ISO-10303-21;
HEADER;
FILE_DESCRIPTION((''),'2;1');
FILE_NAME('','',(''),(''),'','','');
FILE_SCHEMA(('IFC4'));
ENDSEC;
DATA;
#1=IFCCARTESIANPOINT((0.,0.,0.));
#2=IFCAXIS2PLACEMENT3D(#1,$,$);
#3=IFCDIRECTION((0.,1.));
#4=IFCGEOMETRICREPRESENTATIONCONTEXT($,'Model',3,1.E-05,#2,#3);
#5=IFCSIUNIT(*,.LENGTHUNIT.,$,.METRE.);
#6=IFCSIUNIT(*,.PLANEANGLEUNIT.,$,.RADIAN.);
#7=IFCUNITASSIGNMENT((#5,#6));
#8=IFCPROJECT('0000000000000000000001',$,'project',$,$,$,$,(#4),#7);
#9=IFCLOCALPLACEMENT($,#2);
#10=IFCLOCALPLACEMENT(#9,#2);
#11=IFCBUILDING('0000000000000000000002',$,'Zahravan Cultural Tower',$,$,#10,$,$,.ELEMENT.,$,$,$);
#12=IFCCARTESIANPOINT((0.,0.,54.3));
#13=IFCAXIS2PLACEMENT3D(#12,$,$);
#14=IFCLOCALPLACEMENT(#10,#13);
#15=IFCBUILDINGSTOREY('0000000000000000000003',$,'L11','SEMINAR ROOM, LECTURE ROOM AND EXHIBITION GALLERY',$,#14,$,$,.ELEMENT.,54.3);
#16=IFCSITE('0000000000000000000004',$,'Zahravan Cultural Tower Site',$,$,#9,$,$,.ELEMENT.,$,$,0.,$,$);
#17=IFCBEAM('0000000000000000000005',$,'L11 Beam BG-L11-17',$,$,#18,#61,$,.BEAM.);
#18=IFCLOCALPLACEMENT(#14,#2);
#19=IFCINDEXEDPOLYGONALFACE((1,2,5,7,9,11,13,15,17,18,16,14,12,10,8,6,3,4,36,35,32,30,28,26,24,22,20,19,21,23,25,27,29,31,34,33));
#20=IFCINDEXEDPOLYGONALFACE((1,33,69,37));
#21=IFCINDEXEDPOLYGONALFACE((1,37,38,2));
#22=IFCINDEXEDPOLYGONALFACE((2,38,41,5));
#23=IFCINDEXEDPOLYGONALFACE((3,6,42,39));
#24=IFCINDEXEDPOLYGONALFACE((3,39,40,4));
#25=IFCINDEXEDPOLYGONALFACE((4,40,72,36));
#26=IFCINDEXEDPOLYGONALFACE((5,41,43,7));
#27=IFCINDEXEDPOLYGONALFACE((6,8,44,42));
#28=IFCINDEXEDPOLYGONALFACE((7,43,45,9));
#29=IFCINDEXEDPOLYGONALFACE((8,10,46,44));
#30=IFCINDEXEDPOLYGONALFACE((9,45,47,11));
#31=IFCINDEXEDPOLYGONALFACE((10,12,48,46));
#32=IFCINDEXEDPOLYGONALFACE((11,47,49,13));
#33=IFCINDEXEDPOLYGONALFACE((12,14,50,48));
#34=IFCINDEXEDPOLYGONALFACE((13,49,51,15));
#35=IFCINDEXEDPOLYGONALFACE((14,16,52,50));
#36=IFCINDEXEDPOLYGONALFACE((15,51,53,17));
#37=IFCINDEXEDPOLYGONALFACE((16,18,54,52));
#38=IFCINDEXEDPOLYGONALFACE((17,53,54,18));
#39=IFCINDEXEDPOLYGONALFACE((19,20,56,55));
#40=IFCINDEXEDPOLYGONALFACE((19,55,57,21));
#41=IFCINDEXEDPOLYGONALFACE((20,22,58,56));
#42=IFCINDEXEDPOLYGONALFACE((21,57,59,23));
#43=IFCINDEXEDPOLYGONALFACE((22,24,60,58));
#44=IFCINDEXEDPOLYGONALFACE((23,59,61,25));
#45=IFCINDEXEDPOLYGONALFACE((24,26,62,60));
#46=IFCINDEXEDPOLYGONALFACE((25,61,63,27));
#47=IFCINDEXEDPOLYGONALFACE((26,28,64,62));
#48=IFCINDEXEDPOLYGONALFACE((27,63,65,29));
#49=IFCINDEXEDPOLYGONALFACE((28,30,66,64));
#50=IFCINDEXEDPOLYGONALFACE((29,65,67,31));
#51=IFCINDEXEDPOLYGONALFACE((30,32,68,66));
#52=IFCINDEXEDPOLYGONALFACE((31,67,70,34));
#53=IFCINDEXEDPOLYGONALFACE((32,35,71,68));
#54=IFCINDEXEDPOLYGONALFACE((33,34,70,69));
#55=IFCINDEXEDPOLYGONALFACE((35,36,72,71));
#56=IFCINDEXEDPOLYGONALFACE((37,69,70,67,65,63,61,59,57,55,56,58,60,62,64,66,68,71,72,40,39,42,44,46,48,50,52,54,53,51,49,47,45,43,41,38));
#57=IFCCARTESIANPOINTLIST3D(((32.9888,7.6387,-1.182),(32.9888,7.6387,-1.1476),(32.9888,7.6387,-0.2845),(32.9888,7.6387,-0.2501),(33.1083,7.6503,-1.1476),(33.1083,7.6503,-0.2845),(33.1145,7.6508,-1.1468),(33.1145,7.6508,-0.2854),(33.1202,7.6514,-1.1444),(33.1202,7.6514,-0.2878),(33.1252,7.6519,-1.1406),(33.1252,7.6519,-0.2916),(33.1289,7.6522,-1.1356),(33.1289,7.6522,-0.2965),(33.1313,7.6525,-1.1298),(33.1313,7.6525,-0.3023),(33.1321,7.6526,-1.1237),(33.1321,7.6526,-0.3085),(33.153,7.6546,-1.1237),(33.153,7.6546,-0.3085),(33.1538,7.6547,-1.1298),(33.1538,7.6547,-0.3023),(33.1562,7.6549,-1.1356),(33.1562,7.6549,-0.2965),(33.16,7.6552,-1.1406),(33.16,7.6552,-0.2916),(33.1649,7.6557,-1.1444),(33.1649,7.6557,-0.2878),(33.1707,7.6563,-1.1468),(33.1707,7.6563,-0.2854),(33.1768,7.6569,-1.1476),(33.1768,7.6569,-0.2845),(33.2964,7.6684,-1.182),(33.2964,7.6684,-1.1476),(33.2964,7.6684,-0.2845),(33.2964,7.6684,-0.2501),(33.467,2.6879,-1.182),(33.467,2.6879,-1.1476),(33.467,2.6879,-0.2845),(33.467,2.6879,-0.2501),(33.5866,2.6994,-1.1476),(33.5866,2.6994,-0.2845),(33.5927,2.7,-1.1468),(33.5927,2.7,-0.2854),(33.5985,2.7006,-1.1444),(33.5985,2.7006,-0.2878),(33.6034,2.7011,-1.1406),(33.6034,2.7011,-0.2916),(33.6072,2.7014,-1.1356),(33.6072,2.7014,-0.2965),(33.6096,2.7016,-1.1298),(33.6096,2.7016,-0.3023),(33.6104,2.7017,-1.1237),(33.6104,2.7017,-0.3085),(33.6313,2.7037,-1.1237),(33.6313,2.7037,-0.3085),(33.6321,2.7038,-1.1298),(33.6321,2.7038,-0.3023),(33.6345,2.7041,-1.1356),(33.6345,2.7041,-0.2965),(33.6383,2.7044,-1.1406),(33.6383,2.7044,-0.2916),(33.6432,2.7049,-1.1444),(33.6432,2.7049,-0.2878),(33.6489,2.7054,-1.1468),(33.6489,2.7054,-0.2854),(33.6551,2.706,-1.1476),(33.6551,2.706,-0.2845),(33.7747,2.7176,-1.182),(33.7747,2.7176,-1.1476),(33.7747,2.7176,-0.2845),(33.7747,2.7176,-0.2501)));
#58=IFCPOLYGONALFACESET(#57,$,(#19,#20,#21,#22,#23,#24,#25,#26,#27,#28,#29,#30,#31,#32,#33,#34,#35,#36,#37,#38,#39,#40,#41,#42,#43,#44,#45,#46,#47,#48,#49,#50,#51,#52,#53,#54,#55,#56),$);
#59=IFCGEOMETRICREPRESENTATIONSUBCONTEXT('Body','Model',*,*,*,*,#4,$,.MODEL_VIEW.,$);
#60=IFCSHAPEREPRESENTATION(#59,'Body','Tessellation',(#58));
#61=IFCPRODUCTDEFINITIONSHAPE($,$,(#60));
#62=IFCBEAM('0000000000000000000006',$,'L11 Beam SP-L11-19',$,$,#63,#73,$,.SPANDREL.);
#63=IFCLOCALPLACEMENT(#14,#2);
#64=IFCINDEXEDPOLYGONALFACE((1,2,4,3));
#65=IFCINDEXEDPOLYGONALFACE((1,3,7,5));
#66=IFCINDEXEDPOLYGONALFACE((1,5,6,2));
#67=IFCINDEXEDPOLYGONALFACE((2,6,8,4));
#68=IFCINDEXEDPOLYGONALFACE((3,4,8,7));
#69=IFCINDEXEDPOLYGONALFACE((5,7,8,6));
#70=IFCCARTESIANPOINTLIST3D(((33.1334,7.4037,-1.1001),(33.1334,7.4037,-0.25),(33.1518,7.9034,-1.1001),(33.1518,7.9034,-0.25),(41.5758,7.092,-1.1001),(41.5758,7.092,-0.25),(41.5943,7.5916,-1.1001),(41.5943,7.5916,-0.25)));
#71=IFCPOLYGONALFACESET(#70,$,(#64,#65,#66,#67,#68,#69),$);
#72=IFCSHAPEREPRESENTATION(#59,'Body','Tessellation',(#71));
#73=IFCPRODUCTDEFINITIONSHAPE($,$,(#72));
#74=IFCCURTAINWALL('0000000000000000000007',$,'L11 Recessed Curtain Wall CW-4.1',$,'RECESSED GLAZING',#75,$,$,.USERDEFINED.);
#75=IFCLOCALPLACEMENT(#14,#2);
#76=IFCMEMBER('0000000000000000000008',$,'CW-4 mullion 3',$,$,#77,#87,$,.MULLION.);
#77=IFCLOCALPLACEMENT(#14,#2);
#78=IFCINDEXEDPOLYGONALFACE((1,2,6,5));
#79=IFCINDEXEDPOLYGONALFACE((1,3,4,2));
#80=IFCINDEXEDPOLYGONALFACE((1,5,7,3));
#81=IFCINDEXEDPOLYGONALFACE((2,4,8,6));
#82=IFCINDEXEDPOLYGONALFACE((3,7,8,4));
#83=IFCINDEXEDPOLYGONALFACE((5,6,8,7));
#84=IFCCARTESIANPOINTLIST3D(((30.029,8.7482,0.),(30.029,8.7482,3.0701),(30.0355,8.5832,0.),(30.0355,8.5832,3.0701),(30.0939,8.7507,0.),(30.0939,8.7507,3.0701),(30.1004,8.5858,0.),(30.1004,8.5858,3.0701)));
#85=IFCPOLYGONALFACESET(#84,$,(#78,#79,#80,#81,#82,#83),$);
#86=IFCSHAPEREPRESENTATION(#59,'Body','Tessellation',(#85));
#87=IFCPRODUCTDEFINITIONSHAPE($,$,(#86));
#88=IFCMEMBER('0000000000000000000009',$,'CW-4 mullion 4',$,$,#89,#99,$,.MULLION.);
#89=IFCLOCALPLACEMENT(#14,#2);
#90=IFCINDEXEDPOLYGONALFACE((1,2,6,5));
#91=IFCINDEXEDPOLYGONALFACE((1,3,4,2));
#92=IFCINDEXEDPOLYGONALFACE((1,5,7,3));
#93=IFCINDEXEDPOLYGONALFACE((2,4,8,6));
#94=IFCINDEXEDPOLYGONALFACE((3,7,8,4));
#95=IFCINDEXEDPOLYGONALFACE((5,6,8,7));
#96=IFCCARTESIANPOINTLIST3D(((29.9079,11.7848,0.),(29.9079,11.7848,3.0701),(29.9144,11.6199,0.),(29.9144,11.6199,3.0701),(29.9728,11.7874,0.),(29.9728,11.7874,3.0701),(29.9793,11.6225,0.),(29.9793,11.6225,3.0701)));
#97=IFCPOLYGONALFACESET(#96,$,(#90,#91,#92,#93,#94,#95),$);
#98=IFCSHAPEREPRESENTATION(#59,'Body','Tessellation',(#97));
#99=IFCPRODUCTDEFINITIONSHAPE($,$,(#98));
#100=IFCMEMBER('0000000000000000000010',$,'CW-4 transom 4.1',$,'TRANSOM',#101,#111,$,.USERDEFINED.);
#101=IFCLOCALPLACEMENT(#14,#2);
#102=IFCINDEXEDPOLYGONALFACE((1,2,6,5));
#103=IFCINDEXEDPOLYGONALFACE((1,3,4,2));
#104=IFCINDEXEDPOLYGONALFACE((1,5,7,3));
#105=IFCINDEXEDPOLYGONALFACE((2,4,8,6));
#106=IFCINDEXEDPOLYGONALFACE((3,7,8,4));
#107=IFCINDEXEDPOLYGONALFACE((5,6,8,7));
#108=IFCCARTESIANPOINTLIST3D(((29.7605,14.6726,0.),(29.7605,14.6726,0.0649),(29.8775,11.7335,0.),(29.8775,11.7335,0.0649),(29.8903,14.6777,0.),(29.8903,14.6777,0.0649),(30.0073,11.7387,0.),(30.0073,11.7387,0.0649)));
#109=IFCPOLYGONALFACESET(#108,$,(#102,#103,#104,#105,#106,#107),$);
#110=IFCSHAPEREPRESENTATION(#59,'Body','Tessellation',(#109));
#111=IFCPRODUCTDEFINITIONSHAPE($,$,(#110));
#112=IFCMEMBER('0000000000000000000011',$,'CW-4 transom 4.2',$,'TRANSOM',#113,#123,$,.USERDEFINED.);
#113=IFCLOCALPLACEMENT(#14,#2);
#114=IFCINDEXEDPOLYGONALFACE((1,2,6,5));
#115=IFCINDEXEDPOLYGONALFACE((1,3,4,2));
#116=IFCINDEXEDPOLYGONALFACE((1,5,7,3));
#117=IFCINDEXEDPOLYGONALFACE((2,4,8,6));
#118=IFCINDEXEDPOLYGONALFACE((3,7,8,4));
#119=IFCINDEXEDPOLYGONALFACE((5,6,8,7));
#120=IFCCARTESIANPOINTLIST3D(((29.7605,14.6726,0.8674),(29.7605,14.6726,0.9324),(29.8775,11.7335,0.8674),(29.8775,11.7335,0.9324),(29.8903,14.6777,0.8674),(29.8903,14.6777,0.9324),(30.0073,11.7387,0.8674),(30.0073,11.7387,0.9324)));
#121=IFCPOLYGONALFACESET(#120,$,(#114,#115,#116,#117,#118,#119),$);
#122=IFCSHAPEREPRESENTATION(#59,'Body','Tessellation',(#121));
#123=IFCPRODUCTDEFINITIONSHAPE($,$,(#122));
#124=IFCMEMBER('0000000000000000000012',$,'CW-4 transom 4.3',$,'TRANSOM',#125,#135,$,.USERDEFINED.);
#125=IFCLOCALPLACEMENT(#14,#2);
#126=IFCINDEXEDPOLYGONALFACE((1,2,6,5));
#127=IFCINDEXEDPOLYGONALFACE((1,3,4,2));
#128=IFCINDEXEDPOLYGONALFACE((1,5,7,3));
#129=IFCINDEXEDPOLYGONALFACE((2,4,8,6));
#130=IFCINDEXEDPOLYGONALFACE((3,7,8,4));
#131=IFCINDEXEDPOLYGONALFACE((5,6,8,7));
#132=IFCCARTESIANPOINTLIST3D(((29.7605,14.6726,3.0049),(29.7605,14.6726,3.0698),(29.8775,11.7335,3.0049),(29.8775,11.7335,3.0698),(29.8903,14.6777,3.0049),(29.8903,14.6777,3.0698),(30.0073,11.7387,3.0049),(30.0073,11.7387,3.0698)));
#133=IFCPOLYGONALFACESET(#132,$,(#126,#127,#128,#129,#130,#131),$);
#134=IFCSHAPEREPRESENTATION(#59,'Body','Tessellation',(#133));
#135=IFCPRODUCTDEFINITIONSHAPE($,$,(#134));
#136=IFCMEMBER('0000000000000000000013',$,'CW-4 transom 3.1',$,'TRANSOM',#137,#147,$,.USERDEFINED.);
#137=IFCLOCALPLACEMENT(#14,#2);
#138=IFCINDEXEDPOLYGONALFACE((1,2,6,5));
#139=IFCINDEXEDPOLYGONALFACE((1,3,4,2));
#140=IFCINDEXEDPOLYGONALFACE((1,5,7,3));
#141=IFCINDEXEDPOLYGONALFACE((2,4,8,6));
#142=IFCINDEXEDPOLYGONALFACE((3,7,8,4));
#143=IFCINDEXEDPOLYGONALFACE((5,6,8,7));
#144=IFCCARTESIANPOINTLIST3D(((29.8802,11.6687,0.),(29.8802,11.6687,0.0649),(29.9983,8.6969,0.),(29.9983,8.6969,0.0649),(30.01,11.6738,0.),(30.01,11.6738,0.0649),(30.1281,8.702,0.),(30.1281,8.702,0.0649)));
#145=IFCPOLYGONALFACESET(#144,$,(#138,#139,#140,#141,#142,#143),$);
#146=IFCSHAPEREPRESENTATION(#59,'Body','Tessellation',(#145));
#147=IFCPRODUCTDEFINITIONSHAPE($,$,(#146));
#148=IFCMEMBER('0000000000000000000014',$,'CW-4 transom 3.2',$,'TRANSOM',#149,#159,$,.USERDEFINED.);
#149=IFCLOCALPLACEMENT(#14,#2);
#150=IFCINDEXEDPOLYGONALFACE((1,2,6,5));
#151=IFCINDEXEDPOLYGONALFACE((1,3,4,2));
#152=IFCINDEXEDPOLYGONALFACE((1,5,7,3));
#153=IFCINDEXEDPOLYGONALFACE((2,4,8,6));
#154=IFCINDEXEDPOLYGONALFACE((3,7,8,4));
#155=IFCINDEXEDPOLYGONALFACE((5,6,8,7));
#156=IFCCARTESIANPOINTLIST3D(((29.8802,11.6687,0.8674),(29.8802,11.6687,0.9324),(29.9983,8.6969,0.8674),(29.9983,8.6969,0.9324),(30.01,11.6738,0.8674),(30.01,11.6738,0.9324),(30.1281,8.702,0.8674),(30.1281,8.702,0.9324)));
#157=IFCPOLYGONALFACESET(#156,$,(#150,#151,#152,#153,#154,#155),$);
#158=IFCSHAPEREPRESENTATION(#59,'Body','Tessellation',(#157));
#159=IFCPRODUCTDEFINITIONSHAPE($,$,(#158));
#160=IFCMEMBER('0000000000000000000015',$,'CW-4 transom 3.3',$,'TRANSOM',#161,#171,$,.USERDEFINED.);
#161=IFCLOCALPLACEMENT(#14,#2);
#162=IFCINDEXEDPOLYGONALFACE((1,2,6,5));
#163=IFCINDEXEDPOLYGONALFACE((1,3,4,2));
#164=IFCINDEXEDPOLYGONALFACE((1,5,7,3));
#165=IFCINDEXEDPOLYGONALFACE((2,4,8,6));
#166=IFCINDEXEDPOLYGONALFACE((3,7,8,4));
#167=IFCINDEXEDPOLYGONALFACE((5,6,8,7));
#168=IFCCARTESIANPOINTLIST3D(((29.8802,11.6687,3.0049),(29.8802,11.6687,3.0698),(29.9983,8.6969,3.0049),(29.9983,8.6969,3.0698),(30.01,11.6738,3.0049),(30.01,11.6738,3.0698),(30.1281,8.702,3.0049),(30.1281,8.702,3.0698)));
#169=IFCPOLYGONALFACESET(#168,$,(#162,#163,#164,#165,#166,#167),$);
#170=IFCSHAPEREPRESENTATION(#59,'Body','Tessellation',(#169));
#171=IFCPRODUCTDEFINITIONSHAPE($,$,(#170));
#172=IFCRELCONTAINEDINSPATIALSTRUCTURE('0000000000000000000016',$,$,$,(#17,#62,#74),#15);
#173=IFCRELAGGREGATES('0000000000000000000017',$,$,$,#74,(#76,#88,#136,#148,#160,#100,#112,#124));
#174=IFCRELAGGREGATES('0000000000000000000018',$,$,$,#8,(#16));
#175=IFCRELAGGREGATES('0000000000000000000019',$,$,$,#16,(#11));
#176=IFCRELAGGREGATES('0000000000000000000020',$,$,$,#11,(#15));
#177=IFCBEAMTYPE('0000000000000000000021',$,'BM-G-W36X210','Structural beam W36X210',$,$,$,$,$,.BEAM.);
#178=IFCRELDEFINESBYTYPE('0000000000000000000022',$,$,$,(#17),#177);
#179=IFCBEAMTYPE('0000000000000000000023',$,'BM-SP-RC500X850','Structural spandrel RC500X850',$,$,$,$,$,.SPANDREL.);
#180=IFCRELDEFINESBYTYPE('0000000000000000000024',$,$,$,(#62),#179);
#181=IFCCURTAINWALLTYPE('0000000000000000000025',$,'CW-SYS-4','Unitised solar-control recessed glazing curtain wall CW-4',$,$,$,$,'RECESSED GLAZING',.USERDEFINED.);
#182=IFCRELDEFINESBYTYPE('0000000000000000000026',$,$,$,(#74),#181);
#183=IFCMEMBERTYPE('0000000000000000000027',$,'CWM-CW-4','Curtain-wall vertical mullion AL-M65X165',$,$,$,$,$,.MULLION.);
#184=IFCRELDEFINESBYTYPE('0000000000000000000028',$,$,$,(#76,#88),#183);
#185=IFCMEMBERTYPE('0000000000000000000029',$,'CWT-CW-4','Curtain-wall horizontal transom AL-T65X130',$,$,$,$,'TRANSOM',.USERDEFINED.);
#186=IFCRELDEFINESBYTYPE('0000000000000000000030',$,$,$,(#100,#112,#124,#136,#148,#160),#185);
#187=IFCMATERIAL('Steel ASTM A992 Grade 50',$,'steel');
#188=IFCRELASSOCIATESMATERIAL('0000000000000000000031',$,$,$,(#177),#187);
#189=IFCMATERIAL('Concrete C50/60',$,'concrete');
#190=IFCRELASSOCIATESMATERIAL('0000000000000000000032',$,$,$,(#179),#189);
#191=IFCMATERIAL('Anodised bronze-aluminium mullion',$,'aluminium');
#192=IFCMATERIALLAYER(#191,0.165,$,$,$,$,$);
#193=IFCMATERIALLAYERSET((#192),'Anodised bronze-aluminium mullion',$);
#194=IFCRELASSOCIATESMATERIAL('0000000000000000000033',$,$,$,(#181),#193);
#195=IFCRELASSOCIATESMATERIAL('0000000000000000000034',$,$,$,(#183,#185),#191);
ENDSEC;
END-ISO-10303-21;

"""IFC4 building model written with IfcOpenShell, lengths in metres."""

from ifc_helpers import new_model, si_unit, direction, frame, origin, origin_2d, place, context, subcontext, project, spatial, rectangle, i_section, extrude, source, transform, mapped, material, layer, layer_set, material_profile, profile_set, type_object, element, aggregate, save


model = new_model("IFC4")

# Units and contexts
model_context = context("Model", 3, precision=1e-05, world=origin(), true_north=direction((0.0, 1.0)))
body_context = subcontext(model_context, "Body", "Model", "MODEL_VIEW")
ifc_project = project(units=[si_unit("LENGTHUNIT", "METRE"), si_unit("PLANEANGLEUNIT", "RADIAN")], contexts=[model_context])

# Site, building, storey
site_placement = place(None, origin())
site = spatial("IfcSite", under=ifc_project, at=site_placement, Name="Zahravan Cultural Tower Site", CompositionType="ELEMENT", RefElevation=0.0)
building_placement = place(site_placement, origin())
building = spatial("IfcBuilding", under=site, at=building_placement, Name="Zahravan Cultural Tower", CompositionType="ELEMENT")
storey_placement = place(building_placement, frame((0.0, 0.0, 54.3)))
storey = spatial("IfcBuildingStorey", under=building, at=storey_placement, Name="L11", Description="SEMINAR ROOM, LECTURE ROOM AND EXHIBITION GALLERY", CompositionType="ELEMENT", Elevation=54.3)

# Beams
ifc_material_1 = material(Name="Steel ASTM A992 Grade 50", Category="steel")
ifc_material_profile_1 = material_profile(ifc_material_1, i_section(OverallWidth=0.3091, OverallDepth=0.9319, WebThickness=0.021, FlangeThickness=0.0344, FilletRadius=0.0239, at=origin_2d()), Name="W36X210")
ifc_profile_set_1 = profile_set([ifc_material_profile_1], Name="Steel ASTM A992 Grade 50")
beam_type_1 = type_object("IfcBeamType", Name="BM-G-W36X210", Description="Structural beam W36X210", PredefinedType="BEAM", material=ifc_profile_set_1)
shared_shape_1 = source(origin(), body_context, "Body", "SweptSolid", [
    extrude(i_section(OverallWidth=0.3091, OverallDepth=0.9319, WebThickness=0.021, FlangeThickness=0.0344, FilletRadius=0.0239, at=origin_2d()), origin(), (0.0, 0.0, 1.0), 4.9739),
])
beam_1_placement = place(storey_placement, frame((33.1426, 7.6536, -0.7161), z_axis=(0.096155, -0.995366, 0.0), x_axis=(0.995366, 0.096155, 0.0)))
element("IfcBeam", 1, at=beam_1_placement, inside=storey, type_object=beam_type_1, Name="L11 Beam BG-L11-17", PredefinedType="BEAM", context=body_context, shape_type="MappedRepresentation", body=[
    mapped(shared_shape_1, transform((0.0, 0.0, 0.0), x_axis=(1.0, 0.0, 0.0), y_axis=(0.0, 1.0, 0.0), z_axis=(0.0, 0.0, 1.0), scale=1.0)),
])
ifc_material_2 = material(Name="Concrete C50/60", Category="concrete")
ifc_material_profile_2 = material_profile(ifc_material_2, rectangle(XDim=0.5, YDim=0.8501, at=origin_2d()), Name="RC500X850")
ifc_profile_set_2 = profile_set([ifc_material_profile_2], Name="Concrete C50/60")
beam_type_2 = type_object("IfcBeamType", Name="BM-SP-RC500X850", Description="Structural spandrel RC500X850", PredefinedType="SPANDREL", material=ifc_profile_set_2)
shared_shape_2 = source(origin(), body_context, "Body", "SweptSolid", [
    extrude(rectangle(XDim=0.5, YDim=0.8501, at=origin_2d()), origin(), (0.0, 0.0, 1.0), 8.4482),
])
beam_2_placement = place(storey_placement, frame((33.1426, 7.6536, -0.675), z_axis=(0.999319, -0.036904, 0.0), x_axis=(0.036904, 0.999319, 0.0)))
element("IfcBeam", 2, at=beam_2_placement, inside=storey, type_object=beam_type_2, Name="L11 Beam SP-L11-19", PredefinedType="SPANDREL", context=body_context, shape_type="MappedRepresentation", body=[
    mapped(shared_shape_2, transform((0.0, 0.0, 0.0), x_axis=(1.0, 0.0, 0.0), y_axis=(0.0, 1.0, 0.0), z_axis=(0.0, 0.0, 1.0), scale=1.0)),
])

# Curtain wall, members
ifc_material_3 = material(Name="Anodised bronze-aluminium mullion", Category="aluminium")
ifc_layer_1 = layer(ifc_material_3, 0.165)
ifc_layer_set_1 = layer_set([ifc_layer_1], Name="Anodised bronze-aluminium mullion")
curtain_wall_type = type_object("IfcCurtainWallType", Name="CW-SYS-4", Description="Unitised solar-control recessed glazing curtain wall CW-4", ElementType="RECESSED GLAZING", PredefinedType="USERDEFINED", material=ifc_layer_set_1)
curtain_wall_placement = place(storey_placement, origin())
curtain_wall = element("IfcCurtainWall", 3, at=curtain_wall_placement, inside=storey, type_object=curtain_wall_type, Name="L11 Recessed Curtain Wall CW-4.1", ObjectType="RECESSED GLAZING", PredefinedType="USERDEFINED")
ifc_material_profile_3 = material_profile(ifc_material_3, rectangle(XDim=0.0649, YDim=0.165, at=origin_2d()), Name="AL-M65X165")
ifc_profile_set_3 = profile_set([ifc_material_profile_3], Name="Anodised bronze-aluminium mullion")
member_type_1 = type_object("IfcMemberType", Name="CWM-CW-4", Description="Curtain-wall vertical mullion AL-M65X165", PredefinedType="MULLION", material=ifc_profile_set_3)
shared_shape_3 = source(origin(), body_context, "Body", "SweptSolid", [
    extrude(rectangle(XDim=0.0649, YDim=0.165, at=origin_2d()), origin(), (0.0, 0.0, 1.0), 3.0701),
])
member_1_placement = place(storey_placement, frame((30.0647, 8.667, 0.0), z_axis=(0.0, 0.0, 1.0), x_axis=(-0.999208, -0.039785, 0.0)))
member_1 = element("IfcMember", 4, at=member_1_placement, type_object=member_type_1, Name="CW-4 mullion 3", PredefinedType="MULLION", context=body_context, shape_type="MappedRepresentation", body=[
    mapped(shared_shape_3, transform((0.0, 0.0, 0.0), x_axis=(1.0, 0.0, 0.0), y_axis=(0.0, 1.0, 0.0), z_axis=(0.0, 0.0, 1.0), scale=1.0)),
])
member_2_placement = place(storey_placement, frame((29.9436, 11.7036, 0.0), z_axis=(0.0, 0.0, 1.0), x_axis=(-0.999208, -0.039785, 0.0)))
member_2 = element("IfcMember", 5, at=member_2_placement, type_object=member_type_1, Name="CW-4 mullion 4", PredefinedType="MULLION", context=body_context, shape_type="MappedRepresentation", body=[
    mapped(shared_shape_3, transform((0.0, 0.0, 0.0), x_axis=(1.0, 0.0, 0.0), y_axis=(0.0, 1.0, 0.0), z_axis=(0.0, 0.0, 1.0), scale=1.0)),
])
ifc_material_profile_4 = material_profile(ifc_material_3, rectangle(XDim=0.1299, YDim=0.0649, at=origin_2d()), Name="AL-T65X130")
ifc_profile_set_4 = profile_set([ifc_material_profile_4], Name="Anodised bronze-aluminium mullion")
member_type_2 = type_object("IfcMemberType", Name="CWT-CW-4", Description="Curtain-wall horizontal transom AL-T65X130", ElementType="TRANSOM", PredefinedType="USERDEFINED", material=ifc_profile_set_4)
shared_shape_4 = source(origin(), body_context, "Body", "SweptSolid", [
    extrude(rectangle(XDim=0.1299, YDim=0.0649, at=origin_2d()), origin(), (0.0, 0.0, 1.0), 2.9414),
])
member_3_placement = place(storey_placement, frame((29.9424, 11.7361, 0.0325), z_axis=(-0.039759, 0.999209, 0.0), x_axis=(-0.999209, -0.039759, 0.0)))
member_3 = element("IfcMember", 6, at=member_3_placement, type_object=member_type_2, Name="CW-4 transom 4.1", ObjectType="TRANSOM", PredefinedType="USERDEFINED", context=body_context, shape_type="MappedRepresentation", body=[
    mapped(shared_shape_4, transform((0.0, 0.0, 0.0), x_axis=(1.0, 0.0, 0.0), y_axis=(0.0, 1.0, 0.0), z_axis=(0.0, 0.0, 1.0), scale=1.0)),
])
member_4_placement = place(storey_placement, frame((29.9424, 11.7361, 0.8999), z_axis=(-0.039759, 0.999209, 0.0), x_axis=(-0.999209, -0.039759, 0.0)))
member_4 = element("IfcMember", 7, at=member_4_placement, type_object=member_type_2, Name="CW-4 transom 4.2", ObjectType="TRANSOM", PredefinedType="USERDEFINED", context=body_context, shape_type="MappedRepresentation", body=[
    mapped(shared_shape_4, transform((0.0, 0.0, 0.0), x_axis=(1.0, 0.0, 0.0), y_axis=(0.0, 1.0, 0.0), z_axis=(0.0, 0.0, 1.0), scale=1.0)),
])
member_5_placement = place(storey_placement, frame((29.9424, 11.7361, 3.0374), z_axis=(-0.039759, 0.999209, 0.0), x_axis=(-0.999209, -0.039759, 0.0)))
member_5 = element("IfcMember", 8, at=member_5_placement, type_object=member_type_2, Name="CW-4 transom 4.3", ObjectType="TRANSOM", PredefinedType="USERDEFINED", context=body_context, shape_type="MappedRepresentation", body=[
    mapped(shared_shape_4, transform((0.0, 0.0, 0.0), x_axis=(1.0, 0.0, 0.0), y_axis=(0.0, 1.0, 0.0), z_axis=(0.0, 0.0, 1.0), scale=1.0)),
])
shared_shape_5 = source(origin(), body_context, "Body", "SweptSolid", [
    extrude(rectangle(XDim=0.1299, YDim=0.0649, at=origin_2d()), origin(), (0.0, 0.0, 1.0), 2.9741),
])
member_6_placement = place(storey_placement, frame((30.0632, 8.6995, 0.0325), z_axis=(-0.039732, 0.99921, 0.0), x_axis=(-0.99921, -0.039732, 0.0)))
member_6 = element("IfcMember", 9, at=member_6_placement, type_object=member_type_2, Name="CW-4 transom 3.1", ObjectType="TRANSOM", PredefinedType="USERDEFINED", context=body_context, shape_type="MappedRepresentation", body=[
    mapped(shared_shape_5, transform((0.0, 0.0, 0.0), x_axis=(1.0, 0.0, 0.0), y_axis=(0.0, 1.0, 0.0), z_axis=(0.0, 0.0, 1.0), scale=1.0)),
])
member_7_placement = place(storey_placement, frame((30.0632, 8.6995, 0.8999), z_axis=(-0.039732, 0.99921, 0.0), x_axis=(-0.99921, -0.039732, 0.0)))
member_7 = element("IfcMember", 10, at=member_7_placement, type_object=member_type_2, Name="CW-4 transom 3.2", ObjectType="TRANSOM", PredefinedType="USERDEFINED", context=body_context, shape_type="MappedRepresentation", body=[
    mapped(shared_shape_5, transform((0.0, 0.0, 0.0), x_axis=(1.0, 0.0, 0.0), y_axis=(0.0, 1.0, 0.0), z_axis=(0.0, 0.0, 1.0), scale=1.0)),
])
member_8_placement = place(storey_placement, frame((30.0632, 8.6995, 3.0374), z_axis=(-0.039732, 0.99921, 0.0), x_axis=(-0.99921, -0.039732, 0.0)))
member_8 = element("IfcMember", 11, at=member_8_placement, type_object=member_type_2, Name="CW-4 transom 3.3", ObjectType="TRANSOM", PredefinedType="USERDEFINED", context=body_context, shape_type="MappedRepresentation", body=[
    mapped(shared_shape_5, transform((0.0, 0.0, 0.0), x_axis=(1.0, 0.0, 0.0), y_axis=(0.0, 1.0, 0.0), z_axis=(0.0, 0.0, 1.0), scale=1.0)),
])
aggregate(curtain_wall, [member_1, member_2, member_6, member_7, member_8, member_3, member_4, member_5])

save(model, "model.ifc")
